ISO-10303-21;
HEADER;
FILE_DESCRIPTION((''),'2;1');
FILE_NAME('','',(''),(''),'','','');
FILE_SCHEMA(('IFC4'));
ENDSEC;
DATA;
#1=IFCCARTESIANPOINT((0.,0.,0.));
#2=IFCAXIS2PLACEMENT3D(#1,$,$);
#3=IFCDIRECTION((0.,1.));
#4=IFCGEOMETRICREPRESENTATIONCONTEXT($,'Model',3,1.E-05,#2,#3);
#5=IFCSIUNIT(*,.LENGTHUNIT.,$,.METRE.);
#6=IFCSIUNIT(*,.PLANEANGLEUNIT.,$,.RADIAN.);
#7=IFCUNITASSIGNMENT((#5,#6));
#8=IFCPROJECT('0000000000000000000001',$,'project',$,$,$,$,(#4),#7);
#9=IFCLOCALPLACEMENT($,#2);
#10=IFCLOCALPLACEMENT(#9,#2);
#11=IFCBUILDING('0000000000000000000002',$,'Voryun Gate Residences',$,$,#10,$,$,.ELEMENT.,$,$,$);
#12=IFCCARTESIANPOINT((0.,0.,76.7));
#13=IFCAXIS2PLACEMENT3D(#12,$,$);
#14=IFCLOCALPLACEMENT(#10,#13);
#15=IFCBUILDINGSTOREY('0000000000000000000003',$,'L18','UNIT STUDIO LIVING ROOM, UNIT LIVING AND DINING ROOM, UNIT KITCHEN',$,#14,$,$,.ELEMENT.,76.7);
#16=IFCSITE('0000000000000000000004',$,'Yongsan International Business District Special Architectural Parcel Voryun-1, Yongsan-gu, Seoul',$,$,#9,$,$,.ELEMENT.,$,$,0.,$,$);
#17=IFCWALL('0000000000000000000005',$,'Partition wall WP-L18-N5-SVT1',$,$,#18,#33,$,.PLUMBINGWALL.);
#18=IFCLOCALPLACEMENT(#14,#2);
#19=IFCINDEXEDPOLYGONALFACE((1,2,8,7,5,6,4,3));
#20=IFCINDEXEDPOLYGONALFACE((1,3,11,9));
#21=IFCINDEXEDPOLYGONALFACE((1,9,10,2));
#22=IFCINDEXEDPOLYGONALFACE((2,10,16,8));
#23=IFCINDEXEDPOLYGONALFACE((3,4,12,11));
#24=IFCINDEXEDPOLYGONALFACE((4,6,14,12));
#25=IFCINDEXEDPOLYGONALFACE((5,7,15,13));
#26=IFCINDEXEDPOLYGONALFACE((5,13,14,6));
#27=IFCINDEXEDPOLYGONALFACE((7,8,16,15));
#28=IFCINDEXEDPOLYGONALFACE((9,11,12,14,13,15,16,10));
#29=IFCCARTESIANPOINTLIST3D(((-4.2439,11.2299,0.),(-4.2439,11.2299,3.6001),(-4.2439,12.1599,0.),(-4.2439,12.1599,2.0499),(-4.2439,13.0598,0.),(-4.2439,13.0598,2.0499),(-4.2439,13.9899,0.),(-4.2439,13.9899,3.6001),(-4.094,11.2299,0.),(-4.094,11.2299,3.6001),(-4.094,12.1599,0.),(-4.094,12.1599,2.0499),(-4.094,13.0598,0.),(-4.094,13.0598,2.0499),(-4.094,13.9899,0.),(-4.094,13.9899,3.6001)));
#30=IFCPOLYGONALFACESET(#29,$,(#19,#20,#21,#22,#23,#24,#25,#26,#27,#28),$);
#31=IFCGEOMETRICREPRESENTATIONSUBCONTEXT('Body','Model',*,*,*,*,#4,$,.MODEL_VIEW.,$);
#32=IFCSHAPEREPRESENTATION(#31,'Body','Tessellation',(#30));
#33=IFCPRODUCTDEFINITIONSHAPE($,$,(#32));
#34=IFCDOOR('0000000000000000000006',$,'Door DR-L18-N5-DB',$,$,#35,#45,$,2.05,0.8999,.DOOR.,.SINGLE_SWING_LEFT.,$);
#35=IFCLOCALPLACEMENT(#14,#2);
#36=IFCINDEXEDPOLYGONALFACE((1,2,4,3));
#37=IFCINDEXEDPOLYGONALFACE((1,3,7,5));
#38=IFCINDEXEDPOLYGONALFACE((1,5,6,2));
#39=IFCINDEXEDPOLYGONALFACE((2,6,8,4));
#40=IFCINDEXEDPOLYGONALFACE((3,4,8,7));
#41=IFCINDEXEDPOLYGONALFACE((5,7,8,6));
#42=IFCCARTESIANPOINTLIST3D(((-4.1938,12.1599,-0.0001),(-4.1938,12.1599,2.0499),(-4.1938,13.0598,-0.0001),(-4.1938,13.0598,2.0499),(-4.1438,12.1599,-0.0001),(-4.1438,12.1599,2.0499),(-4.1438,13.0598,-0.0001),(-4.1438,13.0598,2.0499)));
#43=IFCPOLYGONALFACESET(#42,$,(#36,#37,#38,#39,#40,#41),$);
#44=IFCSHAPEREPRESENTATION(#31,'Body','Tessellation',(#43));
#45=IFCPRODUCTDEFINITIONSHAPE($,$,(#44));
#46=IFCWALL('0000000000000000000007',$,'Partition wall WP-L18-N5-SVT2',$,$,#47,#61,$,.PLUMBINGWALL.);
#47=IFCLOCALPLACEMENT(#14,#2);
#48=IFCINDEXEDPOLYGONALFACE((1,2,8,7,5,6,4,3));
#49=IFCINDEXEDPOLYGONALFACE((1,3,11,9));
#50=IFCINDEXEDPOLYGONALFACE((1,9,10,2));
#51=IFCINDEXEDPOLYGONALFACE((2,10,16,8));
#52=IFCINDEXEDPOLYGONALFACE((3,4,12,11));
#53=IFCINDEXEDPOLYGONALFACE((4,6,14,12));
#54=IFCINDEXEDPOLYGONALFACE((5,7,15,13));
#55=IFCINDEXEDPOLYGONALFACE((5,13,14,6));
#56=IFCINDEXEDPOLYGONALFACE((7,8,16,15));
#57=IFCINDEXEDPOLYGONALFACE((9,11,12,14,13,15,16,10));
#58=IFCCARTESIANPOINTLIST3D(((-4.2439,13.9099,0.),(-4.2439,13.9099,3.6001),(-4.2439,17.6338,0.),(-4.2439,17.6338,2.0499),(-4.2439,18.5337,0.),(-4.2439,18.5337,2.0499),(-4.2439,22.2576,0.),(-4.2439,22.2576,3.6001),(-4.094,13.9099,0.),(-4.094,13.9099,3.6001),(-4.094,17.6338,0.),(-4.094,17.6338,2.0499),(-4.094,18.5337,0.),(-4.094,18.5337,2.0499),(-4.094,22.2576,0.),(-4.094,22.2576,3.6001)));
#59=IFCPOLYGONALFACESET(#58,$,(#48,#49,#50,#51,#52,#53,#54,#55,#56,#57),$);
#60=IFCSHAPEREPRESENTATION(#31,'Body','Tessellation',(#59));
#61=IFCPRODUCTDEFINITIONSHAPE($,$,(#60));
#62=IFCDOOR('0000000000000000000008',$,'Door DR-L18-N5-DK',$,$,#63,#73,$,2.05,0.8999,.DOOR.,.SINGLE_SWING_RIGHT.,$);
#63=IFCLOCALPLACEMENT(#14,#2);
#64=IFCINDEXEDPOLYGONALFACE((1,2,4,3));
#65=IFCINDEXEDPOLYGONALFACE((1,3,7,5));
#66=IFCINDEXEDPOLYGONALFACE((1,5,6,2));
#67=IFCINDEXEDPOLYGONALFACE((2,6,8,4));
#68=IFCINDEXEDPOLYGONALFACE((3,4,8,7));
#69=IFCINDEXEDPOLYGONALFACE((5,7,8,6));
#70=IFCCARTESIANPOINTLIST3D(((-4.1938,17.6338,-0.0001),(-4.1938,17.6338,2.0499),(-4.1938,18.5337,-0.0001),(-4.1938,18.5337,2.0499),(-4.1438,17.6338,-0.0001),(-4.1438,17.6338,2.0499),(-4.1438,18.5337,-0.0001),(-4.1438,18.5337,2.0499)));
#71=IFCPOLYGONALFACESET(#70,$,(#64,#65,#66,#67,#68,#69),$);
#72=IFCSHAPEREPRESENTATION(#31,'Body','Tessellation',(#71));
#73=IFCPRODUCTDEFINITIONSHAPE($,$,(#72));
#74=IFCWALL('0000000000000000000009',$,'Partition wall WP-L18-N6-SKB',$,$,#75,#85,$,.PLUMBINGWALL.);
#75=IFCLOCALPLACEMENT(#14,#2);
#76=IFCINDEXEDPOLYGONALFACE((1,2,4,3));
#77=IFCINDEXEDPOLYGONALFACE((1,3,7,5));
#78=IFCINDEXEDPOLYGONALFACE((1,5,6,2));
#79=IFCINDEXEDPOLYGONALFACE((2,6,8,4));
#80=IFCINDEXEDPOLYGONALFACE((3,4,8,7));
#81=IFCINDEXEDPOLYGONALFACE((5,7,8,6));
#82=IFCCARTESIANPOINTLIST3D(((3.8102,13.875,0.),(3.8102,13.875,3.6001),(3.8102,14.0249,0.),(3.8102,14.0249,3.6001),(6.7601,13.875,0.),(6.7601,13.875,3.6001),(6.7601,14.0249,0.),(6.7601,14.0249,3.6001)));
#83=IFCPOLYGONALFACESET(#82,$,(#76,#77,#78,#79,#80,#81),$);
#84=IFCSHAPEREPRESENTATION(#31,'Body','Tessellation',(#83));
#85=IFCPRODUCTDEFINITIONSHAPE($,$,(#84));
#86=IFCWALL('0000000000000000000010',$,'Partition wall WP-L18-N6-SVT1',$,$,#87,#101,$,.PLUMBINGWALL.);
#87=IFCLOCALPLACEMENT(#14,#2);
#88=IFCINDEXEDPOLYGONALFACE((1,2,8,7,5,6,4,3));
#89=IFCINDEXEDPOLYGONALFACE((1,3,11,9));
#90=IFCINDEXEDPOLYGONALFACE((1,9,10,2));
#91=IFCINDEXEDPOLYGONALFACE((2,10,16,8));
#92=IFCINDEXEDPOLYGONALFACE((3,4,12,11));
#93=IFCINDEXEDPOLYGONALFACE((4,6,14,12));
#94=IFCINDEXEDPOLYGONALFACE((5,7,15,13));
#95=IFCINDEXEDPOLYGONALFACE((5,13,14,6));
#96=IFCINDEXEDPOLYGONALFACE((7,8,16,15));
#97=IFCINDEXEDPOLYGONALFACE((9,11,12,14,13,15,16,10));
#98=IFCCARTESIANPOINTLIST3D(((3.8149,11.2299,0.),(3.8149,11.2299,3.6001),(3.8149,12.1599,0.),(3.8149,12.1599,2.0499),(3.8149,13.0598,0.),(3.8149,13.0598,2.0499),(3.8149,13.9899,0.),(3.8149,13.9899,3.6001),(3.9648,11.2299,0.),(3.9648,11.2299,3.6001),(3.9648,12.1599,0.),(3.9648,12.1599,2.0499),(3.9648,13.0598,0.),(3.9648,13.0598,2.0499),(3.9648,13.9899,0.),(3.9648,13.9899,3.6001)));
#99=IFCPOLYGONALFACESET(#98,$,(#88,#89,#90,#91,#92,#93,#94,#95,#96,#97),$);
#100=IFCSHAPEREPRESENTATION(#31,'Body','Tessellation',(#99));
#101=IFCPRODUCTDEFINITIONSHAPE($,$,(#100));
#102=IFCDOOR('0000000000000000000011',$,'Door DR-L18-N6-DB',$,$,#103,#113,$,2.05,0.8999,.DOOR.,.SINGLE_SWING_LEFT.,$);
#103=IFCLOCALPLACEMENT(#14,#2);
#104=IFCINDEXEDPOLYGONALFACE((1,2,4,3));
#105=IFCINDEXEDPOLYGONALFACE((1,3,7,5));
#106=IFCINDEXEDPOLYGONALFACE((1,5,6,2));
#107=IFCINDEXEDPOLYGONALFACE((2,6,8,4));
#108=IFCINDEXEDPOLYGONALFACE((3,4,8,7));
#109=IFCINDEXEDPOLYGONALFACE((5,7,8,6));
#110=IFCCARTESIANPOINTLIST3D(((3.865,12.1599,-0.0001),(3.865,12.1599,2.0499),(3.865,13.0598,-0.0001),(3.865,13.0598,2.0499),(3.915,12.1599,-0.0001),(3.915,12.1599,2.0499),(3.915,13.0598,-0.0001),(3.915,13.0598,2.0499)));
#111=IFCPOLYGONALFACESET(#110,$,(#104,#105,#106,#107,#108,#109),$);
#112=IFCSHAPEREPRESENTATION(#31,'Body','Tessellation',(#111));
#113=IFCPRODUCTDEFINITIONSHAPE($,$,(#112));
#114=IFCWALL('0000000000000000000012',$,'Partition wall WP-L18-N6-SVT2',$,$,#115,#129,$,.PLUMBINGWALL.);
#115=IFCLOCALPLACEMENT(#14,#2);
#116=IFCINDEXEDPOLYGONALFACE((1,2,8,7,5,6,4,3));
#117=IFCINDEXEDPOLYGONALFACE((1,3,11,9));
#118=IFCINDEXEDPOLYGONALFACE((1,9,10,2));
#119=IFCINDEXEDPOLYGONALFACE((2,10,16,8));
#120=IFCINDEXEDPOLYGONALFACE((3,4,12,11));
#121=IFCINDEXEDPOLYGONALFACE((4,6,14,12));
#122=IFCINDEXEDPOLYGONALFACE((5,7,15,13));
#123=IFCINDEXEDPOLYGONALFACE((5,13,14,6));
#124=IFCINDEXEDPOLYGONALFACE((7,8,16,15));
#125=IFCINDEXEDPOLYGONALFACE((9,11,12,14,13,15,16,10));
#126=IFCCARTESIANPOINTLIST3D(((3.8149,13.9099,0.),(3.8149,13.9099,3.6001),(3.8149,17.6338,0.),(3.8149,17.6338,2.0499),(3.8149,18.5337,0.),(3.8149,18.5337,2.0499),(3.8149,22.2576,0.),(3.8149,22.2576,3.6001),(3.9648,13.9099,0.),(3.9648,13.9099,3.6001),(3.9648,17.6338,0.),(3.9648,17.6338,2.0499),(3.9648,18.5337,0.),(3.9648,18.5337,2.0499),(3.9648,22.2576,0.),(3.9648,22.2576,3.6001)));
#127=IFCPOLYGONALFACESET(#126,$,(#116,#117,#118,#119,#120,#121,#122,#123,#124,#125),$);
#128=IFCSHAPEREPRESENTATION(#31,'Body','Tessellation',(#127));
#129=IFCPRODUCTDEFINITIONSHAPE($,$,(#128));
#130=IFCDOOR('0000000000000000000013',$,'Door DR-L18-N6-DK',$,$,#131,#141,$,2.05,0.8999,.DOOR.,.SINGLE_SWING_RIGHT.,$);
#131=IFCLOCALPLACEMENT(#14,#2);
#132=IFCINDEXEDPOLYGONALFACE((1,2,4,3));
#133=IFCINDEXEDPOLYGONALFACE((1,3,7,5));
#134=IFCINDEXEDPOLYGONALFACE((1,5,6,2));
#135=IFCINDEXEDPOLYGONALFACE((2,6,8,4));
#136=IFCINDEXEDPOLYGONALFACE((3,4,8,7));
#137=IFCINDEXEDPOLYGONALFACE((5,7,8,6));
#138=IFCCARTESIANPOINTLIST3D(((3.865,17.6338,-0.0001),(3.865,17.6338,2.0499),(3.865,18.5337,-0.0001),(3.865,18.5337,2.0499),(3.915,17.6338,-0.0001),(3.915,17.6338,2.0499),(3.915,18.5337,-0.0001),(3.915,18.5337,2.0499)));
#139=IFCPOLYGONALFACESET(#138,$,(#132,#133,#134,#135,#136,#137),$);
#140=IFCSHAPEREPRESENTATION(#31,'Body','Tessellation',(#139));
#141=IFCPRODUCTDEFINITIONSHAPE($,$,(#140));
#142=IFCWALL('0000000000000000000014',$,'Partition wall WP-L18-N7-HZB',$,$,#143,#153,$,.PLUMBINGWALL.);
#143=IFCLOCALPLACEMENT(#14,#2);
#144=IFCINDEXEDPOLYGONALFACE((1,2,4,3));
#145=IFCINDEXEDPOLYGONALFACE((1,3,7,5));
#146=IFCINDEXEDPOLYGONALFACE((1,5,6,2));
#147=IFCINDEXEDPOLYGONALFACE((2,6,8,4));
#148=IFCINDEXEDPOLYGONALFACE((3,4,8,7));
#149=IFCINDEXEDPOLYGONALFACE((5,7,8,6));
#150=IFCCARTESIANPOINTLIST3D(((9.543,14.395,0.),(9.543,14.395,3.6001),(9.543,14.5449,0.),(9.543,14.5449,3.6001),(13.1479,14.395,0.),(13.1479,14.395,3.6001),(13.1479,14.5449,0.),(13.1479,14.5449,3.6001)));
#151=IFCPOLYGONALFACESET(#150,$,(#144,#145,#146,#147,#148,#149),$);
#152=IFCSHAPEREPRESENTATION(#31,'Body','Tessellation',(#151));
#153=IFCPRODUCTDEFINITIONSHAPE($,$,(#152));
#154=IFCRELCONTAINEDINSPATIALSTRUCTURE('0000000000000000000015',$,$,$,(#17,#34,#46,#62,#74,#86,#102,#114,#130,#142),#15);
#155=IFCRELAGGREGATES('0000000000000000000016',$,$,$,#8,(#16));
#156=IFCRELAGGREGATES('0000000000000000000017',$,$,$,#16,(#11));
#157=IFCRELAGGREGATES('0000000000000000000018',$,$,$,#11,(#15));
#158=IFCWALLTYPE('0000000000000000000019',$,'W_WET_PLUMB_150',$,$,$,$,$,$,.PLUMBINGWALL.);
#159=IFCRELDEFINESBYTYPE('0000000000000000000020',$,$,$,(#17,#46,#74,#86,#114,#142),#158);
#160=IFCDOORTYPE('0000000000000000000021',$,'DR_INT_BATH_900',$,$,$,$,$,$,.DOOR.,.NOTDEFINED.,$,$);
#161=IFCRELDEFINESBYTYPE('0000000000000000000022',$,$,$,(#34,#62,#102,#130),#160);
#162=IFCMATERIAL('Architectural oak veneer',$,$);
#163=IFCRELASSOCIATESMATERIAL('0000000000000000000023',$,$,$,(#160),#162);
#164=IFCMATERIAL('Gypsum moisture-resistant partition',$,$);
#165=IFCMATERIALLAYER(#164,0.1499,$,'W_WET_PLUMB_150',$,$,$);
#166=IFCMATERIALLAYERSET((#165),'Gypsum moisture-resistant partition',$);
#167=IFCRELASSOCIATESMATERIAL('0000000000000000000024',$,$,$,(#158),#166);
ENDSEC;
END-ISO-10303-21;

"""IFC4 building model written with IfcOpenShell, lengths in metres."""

from ifc_helpers import new_model, si_unit, direction, frame, frame_2d, origin, place, context, subcontext, project, spatial, rectangle, extrude, material, layer, layer_set, type_object, element, fill, save


model = new_model("IFC4")

# Units and contexts
model_context = context("Model", 3, precision=1e-05, world=origin(), true_north=direction((0.0, 1.0)))
body_context = subcontext(model_context, "Body", "Model", "MODEL_VIEW")
ifc_project = project(units=[si_unit("LENGTHUNIT", "METRE"), si_unit("PLANEANGLEUNIT", "RADIAN")], contexts=[model_context])

# Site, building, storey
site_placement = place(None, origin())
site = spatial("IfcSite", under=ifc_project, at=site_placement, Name="Yongsan International Business District Special Architectural Parcel Voryun-1, Yongsan-gu, Seoul", CompositionType="ELEMENT", RefElevation=0.0)
building_placement = place(site_placement, origin())
building = spatial("IfcBuilding", under=site, at=building_placement, Name="Voryun Gate Residences", CompositionType="ELEMENT")
storey_placement = place(building_placement, frame((0.0, 0.0, 76.7)))
storey = spatial("IfcBuildingStorey", under=building, at=storey_placement, Name="L18", Description="UNIT STUDIO LIVING ROOM, UNIT LIVING AND DINING ROOM, UNIT KITCHEN", CompositionType="ELEMENT", Elevation=76.7)

# Shared definitions
ifc_material_1 = material(Name="Architectural oak veneer")
door_type_1 = type_object("IfcDoorType", Name="DR_INT_BATH_900", OperationType="NOTDEFINED", PredefinedType="DOOR", material=ifc_material_1)

# Walls, openings, doors
ifc_material_2 = material(Name="Gypsum moisture-resistant partition")
ifc_layer_1 = layer(ifc_material_2, 0.1499, Name="W_WET_PLUMB_150")
ifc_layer_set_1 = layer_set([ifc_layer_1], Name="Gypsum moisture-resistant partition")
wall_type_1 = type_object("IfcWallType", Name="W_WET_PLUMB_150", PredefinedType="PLUMBINGWALL", material=ifc_layer_set_1)
wall_1_placement = place(storey_placement, frame((-4.1689, 11.23, 0.0), z_axis=(0.0, 0.0, 1.0), x_axis=(0.0, 1.0, 0.0)))
wall_1 = element("IfcWall", 1, at=wall_1_placement, inside=storey, type_object=wall_type_1, Name="Partition wall WP-L18-N5-SVT1", PredefinedType="PLUMBINGWALL", context=body_context, shape_type="SweptSolid", body=[
    extrude(rectangle(XDim=2.76, YDim=0.1499, at=frame_2d((1.3799, 0.0))), origin(), (0.0, 0.0, 1.0), 3.6001),
])
opening_1_placement = place(wall_1_placement, frame((0.9299, 0.0, 0.0)))
opening_1 = element("IfcOpeningElement", 2, at=opening_1_placement, cuts=wall_1, PredefinedType="OPENING", context=body_context, shape_type="SweptSolid", body=[
    extrude(rectangle(XDim=0.8999, YDim=2.05, at=frame_2d((0.45, 1.0249))), frame((0.0, 0.085, 0.0), z_axis=(0.0, -1.0, 0.0), x_axis=(1.0, 0.0, 0.0)), (0.0, 0.0, 1.0), 0.1699),
])
door_1_placement = place(opening_1_placement, origin())
door_1 = element("IfcDoor", 3, at=door_1_placement, inside=storey, type_object=door_type_1, Name="Door DR-L18-N5-DB", OperationType="SINGLE_SWING_LEFT", OverallHeight=2.05, OverallWidth=0.8999, PredefinedType="DOOR", context=body_context, shape_type="SweptSolid", body=[
    extrude(rectangle(XDim=0.8999, YDim=2.05, at=frame_2d((0.45, 1.0249))), frame((0.0, 0.0249, 0.0), z_axis=(0.0, -1.0, 0.0), x_axis=(1.0, 0.0, 0.0)), (0.0, 0.0, 1.0), 0.05),
])
fill(opening_1, door_1)
wall_2_placement = place(storey_placement, frame((-4.1689, 13.9099, 0.0), z_axis=(0.0, 0.0, 1.0), x_axis=(0.0, 1.0, 0.0)))
wall_2 = element("IfcWall", 4, at=wall_2_placement, inside=storey, type_object=wall_type_1, Name="Partition wall WP-L18-N5-SVT2", PredefinedType="PLUMBINGWALL", context=body_context, shape_type="SweptSolid", body=[
    extrude(rectangle(XDim=8.3477, YDim=0.1499, at=frame_2d((4.1738, 0.0))), origin(), (0.0, 0.0, 1.0), 3.6001),
])
opening_2_placement = place(wall_2_placement, frame((3.7239, 0.0, 0.0)))
opening_2 = element("IfcOpeningElement", 5, at=opening_2_placement, cuts=wall_2, PredefinedType="OPENING", context=body_context, shape_type="SweptSolid", body=[
    extrude(rectangle(XDim=0.8999, YDim=2.05, at=frame_2d((0.45, 1.0249))), frame((0.0, 0.085, 0.0), z_axis=(0.0, -1.0, 0.0), x_axis=(1.0, 0.0, 0.0)), (0.0, 0.0, 1.0), 0.1699),
])
door_2_placement = place(opening_2_placement, origin())
door_2 = element("IfcDoor", 6, at=door_2_placement, inside=storey, type_object=door_type_1, Name="Door DR-L18-N5-DK", OperationType="SINGLE_SWING_RIGHT", OverallHeight=2.05, OverallWidth=0.8999, PredefinedType="DOOR", context=body_context, shape_type="SweptSolid", body=[
    extrude(rectangle(XDim=0.8999, YDim=2.05, at=frame_2d((0.45, 1.0249))), frame((0.0, 0.0249, 0.0), z_axis=(0.0, -1.0, 0.0), x_axis=(1.0, 0.0, 0.0)), (0.0, 0.0, 1.0), 0.05),
])
fill(opening_2, door_2)

# Wall
wall_3_placement = place(storey_placement, frame((3.8101, 13.95, 0.0), z_axis=(0.0, 0.0, 1.0), x_axis=(1.0, 0.0, 0.0)))
element("IfcWall", 7, at=wall_3_placement, inside=storey, type_object=wall_type_1, Name="Partition wall WP-L18-N6-SKB", PredefinedType="PLUMBINGWALL", context=body_context, shape_type="SweptSolid", body=[
    extrude(rectangle(XDim=2.95, YDim=0.1499, at=frame_2d((1.4751, 0.0))), origin(), (0.0, 0.0, 1.0), 3.6001),
])

# Walls, openings, doors
wall_4_placement = place(storey_placement, frame((3.8899, 11.23, 0.0), z_axis=(0.0, 0.0, 1.0), x_axis=(0.0, 1.0, 0.0)))
wall_4 = element("IfcWall", 8, at=wall_4_placement, inside=storey, type_object=wall_type_1, Name="Partition wall WP-L18-N6-SVT1", PredefinedType="PLUMBINGWALL", context=body_context, shape_type="SweptSolid", body=[
    extrude(rectangle(XDim=2.76, YDim=0.1499, at=frame_2d((1.3799, 0.0))), origin(), (0.0, 0.0, 1.0), 3.6001),
])
opening_3_placement = place(wall_4_placement, frame((0.9299, 0.0, 0.0)))
opening_3 = element("IfcOpeningElement", 9, at=opening_3_placement, cuts=wall_4, PredefinedType="OPENING", context=body_context, shape_type="SweptSolid", body=[
    extrude(rectangle(XDim=0.8999, YDim=2.05, at=frame_2d((0.45, 1.0249))), frame((0.0, 0.085, 0.0), z_axis=(0.0, -1.0, 0.0), x_axis=(1.0, 0.0, 0.0)), (0.0, 0.0, 1.0), 0.1699),
])
door_3_placement = place(opening_3_placement, origin())
door_3 = element("IfcDoor", 10, at=door_3_placement, inside=storey, type_object=door_type_1, Name="Door DR-L18-N6-DB", OperationType="SINGLE_SWING_LEFT", OverallHeight=2.05, OverallWidth=0.8999, PredefinedType="DOOR", context=body_context, shape_type="SweptSolid", body=[
    extrude(rectangle(XDim=0.8999, YDim=2.05, at=frame_2d((0.45, 1.0249))), frame((0.0, 0.0249, 0.0), z_axis=(0.0, -1.0, 0.0), x_axis=(1.0, 0.0, 0.0)), (0.0, 0.0, 1.0), 0.05),
])
fill(opening_3, door_3)
wall_5_placement = place(storey_placement, frame((3.8899, 13.9099, 0.0), z_axis=(0.0, 0.0, 1.0), x_axis=(0.0, 1.0, 0.0)))
wall_5 = element("IfcWall", 11, at=wall_5_placement, inside=storey, type_object=wall_type_1, Name="Partition wall WP-L18-N6-SVT2", PredefinedType="PLUMBINGWALL", context=body_context, shape_type="SweptSolid", body=[
    extrude(rectangle(XDim=8.3477, YDim=0.1499, at=frame_2d((4.1738, 0.0))), origin(), (0.0, 0.0, 1.0), 3.6001),
])
opening_4_placement = place(wall_5_placement, frame((3.7239, 0.0, 0.0)))
opening_4 = element("IfcOpeningElement", 12, at=opening_4_placement, cuts=wall_5, PredefinedType="OPENING", context=body_context, shape_type="SweptSolid", body=[
    extrude(rectangle(XDim=0.8999, YDim=2.05, at=frame_2d((0.45, 1.0249))), frame((0.0, 0.085, 0.0), z_axis=(0.0, -1.0, 0.0), x_axis=(1.0, 0.0, 0.0)), (0.0, 0.0, 1.0), 0.1699),
])
door_4_placement = place(opening_4_placement, origin())
door_4 = element("IfcDoor", 13, at=door_4_placement, inside=storey, type_object=door_type_1, Name="Door DR-L18-N6-DK", OperationType="SINGLE_SWING_RIGHT", OverallHeight=2.05, OverallWidth=0.8999, PredefinedType="DOOR", context=body_context, shape_type="SweptSolid", body=[
    extrude(rectangle(XDim=0.8999, YDim=2.05, at=frame_2d((0.45, 1.0249))), frame((0.0, 0.0249, 0.0), z_axis=(0.0, -1.0, 0.0), x_axis=(1.0, 0.0, 0.0)), (0.0, 0.0, 1.0), 0.05),
])
fill(opening_4, door_4)

# Wall
wall_6_placement = place(storey_placement, frame((9.543, 14.47, 0.0), z_axis=(0.0, 0.0, 1.0), x_axis=(1.0, 0.0, 0.0)))
element("IfcWall", 14, at=wall_6_placement, inside=storey, type_object=wall_type_1, Name="Partition wall WP-L18-N7-HZB", PredefinedType="PLUMBINGWALL", context=body_context, shape_type="SweptSolid", body=[
    extrude(rectangle(XDim=3.605, YDim=0.1499, at=frame_2d((1.8025, 0.0))), origin(), (0.0, 0.0, 1.0), 3.6001),
])

save(model, "model.ifc")
